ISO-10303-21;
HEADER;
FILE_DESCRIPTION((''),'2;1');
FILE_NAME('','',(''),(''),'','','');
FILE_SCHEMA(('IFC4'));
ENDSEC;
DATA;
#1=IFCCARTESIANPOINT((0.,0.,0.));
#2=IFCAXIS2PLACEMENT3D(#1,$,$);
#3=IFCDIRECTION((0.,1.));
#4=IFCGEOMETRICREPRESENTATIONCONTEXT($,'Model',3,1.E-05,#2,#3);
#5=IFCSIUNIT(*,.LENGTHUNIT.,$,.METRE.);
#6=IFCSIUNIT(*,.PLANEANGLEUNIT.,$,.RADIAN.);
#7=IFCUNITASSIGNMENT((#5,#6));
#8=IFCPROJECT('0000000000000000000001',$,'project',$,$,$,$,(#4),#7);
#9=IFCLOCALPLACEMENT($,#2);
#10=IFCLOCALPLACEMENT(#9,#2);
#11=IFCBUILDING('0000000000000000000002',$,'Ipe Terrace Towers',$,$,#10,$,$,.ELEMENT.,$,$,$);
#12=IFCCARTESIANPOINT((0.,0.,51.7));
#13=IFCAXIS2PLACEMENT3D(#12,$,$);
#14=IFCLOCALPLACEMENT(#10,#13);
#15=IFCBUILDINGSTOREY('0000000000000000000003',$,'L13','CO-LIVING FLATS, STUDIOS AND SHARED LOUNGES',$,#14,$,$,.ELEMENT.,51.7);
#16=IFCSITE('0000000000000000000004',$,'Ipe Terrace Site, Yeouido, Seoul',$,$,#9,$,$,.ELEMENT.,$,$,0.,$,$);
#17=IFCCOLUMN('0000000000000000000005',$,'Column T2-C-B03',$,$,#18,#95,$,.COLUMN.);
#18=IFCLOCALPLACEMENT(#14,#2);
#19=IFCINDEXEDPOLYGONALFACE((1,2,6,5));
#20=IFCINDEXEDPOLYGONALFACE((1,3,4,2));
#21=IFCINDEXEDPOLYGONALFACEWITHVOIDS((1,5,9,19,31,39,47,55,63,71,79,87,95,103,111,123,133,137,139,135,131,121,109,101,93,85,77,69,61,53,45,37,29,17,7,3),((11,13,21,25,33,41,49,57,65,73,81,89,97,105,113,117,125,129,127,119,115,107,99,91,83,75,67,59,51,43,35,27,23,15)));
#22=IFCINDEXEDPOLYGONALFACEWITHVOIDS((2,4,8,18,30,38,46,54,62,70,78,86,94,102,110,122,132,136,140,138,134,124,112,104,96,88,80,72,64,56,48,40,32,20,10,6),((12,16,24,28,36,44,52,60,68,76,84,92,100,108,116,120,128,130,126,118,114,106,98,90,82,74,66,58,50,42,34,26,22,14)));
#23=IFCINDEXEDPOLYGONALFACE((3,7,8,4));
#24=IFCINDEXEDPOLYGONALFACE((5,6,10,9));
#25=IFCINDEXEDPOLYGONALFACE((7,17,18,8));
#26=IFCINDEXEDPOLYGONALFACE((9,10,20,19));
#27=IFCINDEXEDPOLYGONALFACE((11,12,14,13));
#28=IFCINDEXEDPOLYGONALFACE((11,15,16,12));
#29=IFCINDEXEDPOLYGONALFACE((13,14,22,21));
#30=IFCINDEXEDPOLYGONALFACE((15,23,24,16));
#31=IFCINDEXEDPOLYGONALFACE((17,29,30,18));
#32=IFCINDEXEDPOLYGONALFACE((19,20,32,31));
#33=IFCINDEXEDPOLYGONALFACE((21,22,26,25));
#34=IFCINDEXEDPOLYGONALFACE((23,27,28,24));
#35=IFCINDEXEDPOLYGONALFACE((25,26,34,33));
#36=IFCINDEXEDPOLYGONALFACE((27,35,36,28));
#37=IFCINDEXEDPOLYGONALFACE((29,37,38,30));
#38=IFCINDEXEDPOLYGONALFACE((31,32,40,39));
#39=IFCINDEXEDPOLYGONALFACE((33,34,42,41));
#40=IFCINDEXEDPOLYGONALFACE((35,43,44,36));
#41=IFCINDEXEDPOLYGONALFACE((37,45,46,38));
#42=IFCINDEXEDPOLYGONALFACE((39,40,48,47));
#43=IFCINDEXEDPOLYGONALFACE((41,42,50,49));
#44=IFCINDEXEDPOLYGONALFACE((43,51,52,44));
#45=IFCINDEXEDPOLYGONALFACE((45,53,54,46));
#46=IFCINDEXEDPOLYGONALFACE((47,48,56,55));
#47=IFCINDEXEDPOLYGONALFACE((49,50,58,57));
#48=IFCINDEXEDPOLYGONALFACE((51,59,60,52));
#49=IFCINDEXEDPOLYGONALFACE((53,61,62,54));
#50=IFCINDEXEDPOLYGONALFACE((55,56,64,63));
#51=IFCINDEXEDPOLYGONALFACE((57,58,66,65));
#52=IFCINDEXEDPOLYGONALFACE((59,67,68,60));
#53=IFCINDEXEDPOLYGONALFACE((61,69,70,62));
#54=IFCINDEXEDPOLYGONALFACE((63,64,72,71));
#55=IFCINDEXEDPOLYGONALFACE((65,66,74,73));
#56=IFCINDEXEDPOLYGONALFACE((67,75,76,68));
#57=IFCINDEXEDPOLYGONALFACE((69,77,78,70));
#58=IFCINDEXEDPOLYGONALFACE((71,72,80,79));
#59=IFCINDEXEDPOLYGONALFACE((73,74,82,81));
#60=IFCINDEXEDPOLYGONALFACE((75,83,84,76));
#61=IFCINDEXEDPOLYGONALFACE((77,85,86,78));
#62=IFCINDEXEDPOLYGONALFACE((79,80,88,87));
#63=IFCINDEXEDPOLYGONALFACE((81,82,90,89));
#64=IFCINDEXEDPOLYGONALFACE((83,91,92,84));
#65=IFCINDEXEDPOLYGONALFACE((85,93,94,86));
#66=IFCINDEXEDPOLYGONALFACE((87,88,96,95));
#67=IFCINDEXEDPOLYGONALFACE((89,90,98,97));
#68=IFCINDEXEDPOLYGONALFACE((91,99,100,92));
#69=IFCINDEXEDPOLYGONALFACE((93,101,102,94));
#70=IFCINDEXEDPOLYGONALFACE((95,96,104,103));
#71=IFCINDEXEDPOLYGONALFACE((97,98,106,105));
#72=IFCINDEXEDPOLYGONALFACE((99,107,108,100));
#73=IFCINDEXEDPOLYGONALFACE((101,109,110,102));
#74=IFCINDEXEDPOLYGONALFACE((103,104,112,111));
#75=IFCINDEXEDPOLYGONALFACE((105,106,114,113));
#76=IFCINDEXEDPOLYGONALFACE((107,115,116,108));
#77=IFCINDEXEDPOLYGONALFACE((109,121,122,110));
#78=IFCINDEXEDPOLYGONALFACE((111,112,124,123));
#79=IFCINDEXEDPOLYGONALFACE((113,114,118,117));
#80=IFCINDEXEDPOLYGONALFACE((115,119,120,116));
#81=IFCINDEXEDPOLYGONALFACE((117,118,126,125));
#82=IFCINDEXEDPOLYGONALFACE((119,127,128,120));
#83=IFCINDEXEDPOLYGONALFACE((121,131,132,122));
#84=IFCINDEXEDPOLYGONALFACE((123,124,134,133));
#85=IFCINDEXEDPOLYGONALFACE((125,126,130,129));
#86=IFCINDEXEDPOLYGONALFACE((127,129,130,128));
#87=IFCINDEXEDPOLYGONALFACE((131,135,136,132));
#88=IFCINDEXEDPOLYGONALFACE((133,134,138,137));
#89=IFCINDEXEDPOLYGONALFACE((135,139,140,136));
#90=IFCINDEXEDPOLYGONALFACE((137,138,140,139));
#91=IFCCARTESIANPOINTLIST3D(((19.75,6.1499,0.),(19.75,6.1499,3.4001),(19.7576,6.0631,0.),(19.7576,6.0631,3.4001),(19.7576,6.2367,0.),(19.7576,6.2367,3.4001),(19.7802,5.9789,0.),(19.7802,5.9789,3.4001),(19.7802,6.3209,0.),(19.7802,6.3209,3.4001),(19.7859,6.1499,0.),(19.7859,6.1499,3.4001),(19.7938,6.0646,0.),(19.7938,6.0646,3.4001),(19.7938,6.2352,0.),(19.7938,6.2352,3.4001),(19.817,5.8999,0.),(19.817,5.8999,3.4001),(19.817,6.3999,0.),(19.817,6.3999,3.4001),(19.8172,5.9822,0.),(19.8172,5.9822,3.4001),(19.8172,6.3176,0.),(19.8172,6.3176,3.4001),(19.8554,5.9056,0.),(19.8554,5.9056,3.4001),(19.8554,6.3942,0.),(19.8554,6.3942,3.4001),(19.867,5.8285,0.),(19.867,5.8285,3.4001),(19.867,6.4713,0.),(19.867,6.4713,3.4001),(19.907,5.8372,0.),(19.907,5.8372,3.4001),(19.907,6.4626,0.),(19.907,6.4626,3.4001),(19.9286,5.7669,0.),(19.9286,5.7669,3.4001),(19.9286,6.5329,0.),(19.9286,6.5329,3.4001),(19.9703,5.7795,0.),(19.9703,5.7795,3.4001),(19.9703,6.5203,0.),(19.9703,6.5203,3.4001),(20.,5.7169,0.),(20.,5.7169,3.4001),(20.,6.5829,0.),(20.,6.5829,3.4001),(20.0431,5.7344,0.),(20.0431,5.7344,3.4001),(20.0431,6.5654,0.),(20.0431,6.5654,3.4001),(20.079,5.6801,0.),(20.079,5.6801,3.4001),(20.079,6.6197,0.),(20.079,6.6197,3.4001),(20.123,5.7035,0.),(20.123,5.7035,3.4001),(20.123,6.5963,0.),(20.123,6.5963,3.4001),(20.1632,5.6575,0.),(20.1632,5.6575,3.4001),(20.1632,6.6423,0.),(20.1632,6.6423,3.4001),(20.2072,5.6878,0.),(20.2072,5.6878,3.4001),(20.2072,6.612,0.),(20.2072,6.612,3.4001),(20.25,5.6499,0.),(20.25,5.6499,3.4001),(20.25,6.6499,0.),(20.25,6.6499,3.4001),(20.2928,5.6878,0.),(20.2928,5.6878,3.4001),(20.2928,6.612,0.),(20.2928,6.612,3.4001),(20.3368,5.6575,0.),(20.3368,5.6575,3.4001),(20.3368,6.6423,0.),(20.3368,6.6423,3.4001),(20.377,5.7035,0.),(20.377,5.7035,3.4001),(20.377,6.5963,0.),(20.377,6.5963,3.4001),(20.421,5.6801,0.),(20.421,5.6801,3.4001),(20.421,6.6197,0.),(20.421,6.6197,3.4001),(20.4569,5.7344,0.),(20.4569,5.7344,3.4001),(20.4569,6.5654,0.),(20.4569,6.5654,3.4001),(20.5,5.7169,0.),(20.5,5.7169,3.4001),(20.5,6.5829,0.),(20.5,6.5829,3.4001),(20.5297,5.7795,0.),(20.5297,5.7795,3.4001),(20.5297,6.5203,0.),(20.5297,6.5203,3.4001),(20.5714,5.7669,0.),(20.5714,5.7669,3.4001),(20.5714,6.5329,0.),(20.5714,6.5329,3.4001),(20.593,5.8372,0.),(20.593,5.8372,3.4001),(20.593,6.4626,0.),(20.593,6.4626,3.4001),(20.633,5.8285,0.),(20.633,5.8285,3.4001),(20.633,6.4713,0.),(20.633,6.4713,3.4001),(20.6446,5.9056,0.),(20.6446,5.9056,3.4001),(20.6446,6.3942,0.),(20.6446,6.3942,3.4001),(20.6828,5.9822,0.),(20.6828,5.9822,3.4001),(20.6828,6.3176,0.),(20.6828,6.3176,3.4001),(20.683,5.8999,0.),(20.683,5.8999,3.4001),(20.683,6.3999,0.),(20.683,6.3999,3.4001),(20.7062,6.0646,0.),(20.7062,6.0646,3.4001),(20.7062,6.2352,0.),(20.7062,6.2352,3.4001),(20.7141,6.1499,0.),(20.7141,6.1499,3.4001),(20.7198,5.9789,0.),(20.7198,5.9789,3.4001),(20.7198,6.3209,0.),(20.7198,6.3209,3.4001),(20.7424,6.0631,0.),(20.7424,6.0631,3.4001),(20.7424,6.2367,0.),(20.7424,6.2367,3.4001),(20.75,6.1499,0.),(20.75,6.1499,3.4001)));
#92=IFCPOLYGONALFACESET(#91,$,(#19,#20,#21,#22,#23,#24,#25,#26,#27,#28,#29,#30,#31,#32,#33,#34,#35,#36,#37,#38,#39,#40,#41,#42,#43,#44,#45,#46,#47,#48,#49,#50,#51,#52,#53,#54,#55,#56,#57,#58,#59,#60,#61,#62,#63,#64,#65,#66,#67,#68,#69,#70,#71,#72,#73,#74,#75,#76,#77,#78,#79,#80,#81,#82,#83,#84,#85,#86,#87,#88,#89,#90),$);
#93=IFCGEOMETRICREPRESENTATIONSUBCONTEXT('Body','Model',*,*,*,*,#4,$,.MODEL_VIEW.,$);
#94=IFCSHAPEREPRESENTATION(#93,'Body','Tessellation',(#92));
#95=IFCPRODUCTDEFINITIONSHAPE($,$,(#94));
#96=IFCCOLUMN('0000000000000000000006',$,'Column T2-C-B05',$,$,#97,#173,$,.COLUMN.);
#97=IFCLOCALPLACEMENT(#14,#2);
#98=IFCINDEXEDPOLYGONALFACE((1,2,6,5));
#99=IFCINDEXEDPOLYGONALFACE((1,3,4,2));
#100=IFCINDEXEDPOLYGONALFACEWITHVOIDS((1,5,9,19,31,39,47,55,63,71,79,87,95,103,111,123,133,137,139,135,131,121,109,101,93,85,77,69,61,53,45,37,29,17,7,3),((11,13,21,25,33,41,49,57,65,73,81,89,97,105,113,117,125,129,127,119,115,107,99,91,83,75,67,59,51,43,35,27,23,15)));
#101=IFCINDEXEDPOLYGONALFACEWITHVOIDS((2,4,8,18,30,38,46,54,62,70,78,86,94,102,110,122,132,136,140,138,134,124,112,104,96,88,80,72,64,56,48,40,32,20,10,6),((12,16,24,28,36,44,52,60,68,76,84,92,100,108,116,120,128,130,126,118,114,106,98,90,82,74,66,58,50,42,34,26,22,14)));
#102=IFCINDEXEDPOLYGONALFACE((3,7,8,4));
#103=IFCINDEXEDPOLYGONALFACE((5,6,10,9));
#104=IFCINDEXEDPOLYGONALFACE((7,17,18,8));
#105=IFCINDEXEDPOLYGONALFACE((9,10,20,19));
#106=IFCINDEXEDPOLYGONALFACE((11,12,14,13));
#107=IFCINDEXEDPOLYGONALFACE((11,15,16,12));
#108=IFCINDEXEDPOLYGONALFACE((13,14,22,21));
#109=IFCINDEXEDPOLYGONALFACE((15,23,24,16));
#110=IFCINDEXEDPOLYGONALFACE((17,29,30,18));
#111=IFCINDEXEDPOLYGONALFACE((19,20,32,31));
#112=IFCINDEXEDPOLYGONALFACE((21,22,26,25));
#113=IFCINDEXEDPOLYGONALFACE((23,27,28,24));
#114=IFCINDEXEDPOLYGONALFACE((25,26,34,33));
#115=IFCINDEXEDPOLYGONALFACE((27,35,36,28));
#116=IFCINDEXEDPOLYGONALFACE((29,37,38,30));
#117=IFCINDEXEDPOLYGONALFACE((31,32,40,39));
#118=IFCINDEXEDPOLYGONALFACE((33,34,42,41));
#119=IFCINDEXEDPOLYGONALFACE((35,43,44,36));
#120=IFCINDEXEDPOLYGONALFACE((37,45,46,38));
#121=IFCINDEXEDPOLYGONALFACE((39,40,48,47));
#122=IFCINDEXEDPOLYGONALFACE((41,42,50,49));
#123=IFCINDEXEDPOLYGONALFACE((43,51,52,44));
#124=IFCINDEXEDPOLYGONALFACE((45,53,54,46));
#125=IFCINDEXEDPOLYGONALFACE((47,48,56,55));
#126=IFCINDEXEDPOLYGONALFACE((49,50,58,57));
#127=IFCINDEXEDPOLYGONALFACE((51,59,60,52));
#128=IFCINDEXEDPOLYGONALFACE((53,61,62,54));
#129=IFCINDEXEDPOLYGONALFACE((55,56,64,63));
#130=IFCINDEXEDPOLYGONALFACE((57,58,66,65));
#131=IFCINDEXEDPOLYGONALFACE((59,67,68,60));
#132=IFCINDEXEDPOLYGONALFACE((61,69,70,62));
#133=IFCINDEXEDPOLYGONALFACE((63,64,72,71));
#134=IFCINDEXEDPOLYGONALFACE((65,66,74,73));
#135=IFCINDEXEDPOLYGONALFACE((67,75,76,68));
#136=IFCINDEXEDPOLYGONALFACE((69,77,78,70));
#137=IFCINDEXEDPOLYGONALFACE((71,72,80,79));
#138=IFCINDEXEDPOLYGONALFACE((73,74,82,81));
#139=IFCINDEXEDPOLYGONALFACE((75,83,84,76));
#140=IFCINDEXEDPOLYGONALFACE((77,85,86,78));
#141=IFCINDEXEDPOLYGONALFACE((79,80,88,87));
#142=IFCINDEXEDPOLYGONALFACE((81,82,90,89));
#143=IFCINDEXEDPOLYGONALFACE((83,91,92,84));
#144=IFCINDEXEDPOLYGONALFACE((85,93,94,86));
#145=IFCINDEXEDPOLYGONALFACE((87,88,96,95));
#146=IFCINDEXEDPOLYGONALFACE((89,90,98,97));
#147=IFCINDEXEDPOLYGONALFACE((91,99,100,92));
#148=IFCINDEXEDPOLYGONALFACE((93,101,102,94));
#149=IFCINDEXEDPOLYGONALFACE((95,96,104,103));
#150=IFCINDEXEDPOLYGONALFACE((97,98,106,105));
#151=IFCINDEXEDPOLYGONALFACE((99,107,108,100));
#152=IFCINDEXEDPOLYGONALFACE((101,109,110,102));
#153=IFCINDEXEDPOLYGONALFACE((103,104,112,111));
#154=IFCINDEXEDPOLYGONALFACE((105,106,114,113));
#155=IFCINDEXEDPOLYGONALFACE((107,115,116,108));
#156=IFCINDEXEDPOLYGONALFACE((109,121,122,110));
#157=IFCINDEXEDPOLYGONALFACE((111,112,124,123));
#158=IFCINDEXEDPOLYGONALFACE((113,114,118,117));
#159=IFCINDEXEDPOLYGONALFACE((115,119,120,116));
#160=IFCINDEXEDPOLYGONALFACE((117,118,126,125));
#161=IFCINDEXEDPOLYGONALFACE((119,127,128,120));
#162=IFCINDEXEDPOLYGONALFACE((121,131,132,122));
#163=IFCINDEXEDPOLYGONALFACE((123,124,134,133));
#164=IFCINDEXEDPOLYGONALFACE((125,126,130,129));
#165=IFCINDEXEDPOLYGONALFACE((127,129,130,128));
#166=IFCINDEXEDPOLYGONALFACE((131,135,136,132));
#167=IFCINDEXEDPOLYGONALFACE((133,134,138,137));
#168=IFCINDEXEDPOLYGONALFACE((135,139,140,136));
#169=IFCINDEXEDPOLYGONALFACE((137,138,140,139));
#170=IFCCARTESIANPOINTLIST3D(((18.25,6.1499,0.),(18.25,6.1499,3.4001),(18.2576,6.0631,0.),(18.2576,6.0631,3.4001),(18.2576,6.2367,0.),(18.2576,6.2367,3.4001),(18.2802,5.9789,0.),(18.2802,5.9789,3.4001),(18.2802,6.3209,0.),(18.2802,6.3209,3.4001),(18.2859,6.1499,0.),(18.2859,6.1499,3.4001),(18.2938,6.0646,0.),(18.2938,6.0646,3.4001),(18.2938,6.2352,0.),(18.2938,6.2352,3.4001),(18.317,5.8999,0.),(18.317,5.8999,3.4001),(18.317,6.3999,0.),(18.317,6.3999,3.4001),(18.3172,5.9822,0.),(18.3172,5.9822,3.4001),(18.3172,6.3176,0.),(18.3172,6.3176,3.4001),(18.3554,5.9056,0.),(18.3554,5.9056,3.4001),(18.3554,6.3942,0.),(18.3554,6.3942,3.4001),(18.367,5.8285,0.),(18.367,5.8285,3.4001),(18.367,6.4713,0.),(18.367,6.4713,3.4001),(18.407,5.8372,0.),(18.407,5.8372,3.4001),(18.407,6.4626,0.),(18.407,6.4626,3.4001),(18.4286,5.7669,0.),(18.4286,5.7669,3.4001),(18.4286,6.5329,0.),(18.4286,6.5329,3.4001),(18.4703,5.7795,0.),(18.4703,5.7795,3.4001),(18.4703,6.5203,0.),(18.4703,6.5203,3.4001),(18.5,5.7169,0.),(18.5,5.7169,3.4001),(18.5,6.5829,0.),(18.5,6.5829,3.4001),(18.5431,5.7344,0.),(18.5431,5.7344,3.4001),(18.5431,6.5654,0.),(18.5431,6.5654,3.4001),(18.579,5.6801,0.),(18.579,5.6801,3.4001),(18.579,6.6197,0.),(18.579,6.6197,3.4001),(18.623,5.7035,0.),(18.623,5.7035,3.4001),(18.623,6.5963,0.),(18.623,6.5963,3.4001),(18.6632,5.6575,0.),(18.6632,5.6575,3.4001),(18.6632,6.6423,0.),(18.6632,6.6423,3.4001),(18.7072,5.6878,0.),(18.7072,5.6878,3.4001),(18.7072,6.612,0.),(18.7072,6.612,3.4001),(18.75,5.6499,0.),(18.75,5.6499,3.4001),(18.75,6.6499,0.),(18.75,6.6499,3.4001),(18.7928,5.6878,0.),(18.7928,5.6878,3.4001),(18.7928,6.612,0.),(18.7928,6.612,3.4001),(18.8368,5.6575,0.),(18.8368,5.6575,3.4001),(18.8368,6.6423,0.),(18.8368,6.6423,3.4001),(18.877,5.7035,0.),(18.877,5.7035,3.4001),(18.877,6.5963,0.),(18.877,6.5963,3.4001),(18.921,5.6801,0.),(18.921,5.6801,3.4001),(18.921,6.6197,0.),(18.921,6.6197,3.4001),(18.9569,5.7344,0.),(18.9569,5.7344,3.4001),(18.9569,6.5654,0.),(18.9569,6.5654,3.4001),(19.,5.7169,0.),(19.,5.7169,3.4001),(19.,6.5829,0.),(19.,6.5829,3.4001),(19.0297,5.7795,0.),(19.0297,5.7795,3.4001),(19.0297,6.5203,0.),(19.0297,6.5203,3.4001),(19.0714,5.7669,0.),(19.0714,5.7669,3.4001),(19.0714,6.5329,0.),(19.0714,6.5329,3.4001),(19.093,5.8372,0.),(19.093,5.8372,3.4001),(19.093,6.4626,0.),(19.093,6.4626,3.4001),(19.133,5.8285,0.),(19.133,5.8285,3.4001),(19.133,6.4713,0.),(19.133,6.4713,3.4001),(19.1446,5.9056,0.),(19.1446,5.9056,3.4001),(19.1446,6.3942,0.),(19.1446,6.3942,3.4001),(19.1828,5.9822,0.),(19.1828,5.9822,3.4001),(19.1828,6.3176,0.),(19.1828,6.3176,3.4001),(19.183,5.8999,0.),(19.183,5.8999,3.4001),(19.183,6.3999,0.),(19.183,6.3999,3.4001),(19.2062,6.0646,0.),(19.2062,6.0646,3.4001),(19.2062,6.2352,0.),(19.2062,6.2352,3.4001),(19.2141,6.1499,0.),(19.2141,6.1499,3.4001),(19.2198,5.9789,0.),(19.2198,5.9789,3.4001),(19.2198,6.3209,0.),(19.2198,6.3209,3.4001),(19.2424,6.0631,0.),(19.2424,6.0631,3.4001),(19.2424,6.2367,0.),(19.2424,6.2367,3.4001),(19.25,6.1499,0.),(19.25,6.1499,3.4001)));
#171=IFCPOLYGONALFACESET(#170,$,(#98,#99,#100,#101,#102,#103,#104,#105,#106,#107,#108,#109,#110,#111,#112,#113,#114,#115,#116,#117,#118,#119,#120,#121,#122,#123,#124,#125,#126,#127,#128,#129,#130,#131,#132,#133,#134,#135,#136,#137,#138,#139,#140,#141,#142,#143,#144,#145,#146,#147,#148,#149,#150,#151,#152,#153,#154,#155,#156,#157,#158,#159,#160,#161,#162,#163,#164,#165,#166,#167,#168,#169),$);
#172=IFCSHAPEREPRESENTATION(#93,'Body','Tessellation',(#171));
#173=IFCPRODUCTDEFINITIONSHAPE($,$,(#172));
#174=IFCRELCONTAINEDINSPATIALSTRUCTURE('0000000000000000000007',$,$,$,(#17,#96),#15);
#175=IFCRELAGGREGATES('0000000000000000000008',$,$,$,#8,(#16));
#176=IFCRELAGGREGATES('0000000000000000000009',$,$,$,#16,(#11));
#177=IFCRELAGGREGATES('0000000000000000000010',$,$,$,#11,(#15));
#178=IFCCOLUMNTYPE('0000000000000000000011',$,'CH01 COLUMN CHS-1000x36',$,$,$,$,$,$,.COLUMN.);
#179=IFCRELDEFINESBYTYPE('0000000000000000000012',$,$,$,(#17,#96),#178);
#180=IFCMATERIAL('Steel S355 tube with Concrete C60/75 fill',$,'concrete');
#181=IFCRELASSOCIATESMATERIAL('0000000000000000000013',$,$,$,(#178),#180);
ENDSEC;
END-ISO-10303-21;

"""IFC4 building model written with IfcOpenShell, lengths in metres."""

from ifc_helpers import new_model, si_unit, direction, frame, origin, origin_2d, place, context, subcontext, project, spatial, hollow_circle, extrude, material, material_profile, profile_set, type_object, element, save


model = new_model("IFC4")

# Units and contexts
model_context = context("Model", 3, precision=1e-05, world=origin(), true_north=direction((0.0, 1.0)))
body_context = subcontext(model_context, "Body", "Model", "MODEL_VIEW")
ifc_project = project(units=[si_unit("LENGTHUNIT", "METRE"), si_unit("PLANEANGLEUNIT", "RADIAN")], contexts=[model_context])

# Site, building, storey
site_placement = place(None, origin())
site = spatial("IfcSite", under=ifc_project, at=site_placement, Name="Ipe Terrace Site, Yeouido, Seoul", CompositionType="ELEMENT", RefElevation=0.0)
building_placement = place(site_placement, origin())
building = spatial("IfcBuilding", under=site, at=building_placement, Name="Ipe Terrace Towers", CompositionType="ELEMENT")
storey_placement = place(building_placement, frame((0.0, 0.0, 51.7)))
storey = spatial("IfcBuildingStorey", under=building, at=storey_placement, Name="L13", Description="CO-LIVING FLATS, STUDIOS AND SHARED LOUNGES", CompositionType="ELEMENT", Elevation=51.7)

# Columns
ifc_material_1 = material(Name="Steel S355 tube with Concrete C60/75 fill", Category="concrete")
ifc_material_profile_1 = material_profile(ifc_material_1, hollow_circle(Radius=0.5, WallThickness=0.0359, at=origin_2d()), Name="CHS-1000x36")
ifc_profile_set_1 = profile_set([ifc_material_profile_1], Name="Steel S355 tube with Concrete C60/75 fill")
column_type = type_object("IfcColumnType", Name="CH01 COLUMN CHS-1000x36", PredefinedType="COLUMN", material=ifc_profile_set_1)
for number, where, z_axis, x_axis, name in (
    (1, (20.25, 6.1499, 0.0), (0.0, 0.0, 1.0), (1.0, 0.0, 0.0), "Column T2-C-B03"),
    (2, (18.75, 6.1499, 0.0), (0.0, 0.0, 1.0), (1.0, 0.0, 0.0), "Column T2-C-B05"),
):
    element("IfcColumn", number, at=place(storey_placement, frame(where, z_axis=z_axis, x_axis=x_axis)), inside=storey, type_object=column_type, Name=name, PredefinedType="COLUMN", context=body_context, shape_type="SweptSolid", body=[
        extrude(hollow_circle(Radius=0.5, WallThickness=0.0359, at=origin_2d()), origin(), (0.0, 0.0, 1.0), 3.4001),
    ])

save(model, "model.ifc")
